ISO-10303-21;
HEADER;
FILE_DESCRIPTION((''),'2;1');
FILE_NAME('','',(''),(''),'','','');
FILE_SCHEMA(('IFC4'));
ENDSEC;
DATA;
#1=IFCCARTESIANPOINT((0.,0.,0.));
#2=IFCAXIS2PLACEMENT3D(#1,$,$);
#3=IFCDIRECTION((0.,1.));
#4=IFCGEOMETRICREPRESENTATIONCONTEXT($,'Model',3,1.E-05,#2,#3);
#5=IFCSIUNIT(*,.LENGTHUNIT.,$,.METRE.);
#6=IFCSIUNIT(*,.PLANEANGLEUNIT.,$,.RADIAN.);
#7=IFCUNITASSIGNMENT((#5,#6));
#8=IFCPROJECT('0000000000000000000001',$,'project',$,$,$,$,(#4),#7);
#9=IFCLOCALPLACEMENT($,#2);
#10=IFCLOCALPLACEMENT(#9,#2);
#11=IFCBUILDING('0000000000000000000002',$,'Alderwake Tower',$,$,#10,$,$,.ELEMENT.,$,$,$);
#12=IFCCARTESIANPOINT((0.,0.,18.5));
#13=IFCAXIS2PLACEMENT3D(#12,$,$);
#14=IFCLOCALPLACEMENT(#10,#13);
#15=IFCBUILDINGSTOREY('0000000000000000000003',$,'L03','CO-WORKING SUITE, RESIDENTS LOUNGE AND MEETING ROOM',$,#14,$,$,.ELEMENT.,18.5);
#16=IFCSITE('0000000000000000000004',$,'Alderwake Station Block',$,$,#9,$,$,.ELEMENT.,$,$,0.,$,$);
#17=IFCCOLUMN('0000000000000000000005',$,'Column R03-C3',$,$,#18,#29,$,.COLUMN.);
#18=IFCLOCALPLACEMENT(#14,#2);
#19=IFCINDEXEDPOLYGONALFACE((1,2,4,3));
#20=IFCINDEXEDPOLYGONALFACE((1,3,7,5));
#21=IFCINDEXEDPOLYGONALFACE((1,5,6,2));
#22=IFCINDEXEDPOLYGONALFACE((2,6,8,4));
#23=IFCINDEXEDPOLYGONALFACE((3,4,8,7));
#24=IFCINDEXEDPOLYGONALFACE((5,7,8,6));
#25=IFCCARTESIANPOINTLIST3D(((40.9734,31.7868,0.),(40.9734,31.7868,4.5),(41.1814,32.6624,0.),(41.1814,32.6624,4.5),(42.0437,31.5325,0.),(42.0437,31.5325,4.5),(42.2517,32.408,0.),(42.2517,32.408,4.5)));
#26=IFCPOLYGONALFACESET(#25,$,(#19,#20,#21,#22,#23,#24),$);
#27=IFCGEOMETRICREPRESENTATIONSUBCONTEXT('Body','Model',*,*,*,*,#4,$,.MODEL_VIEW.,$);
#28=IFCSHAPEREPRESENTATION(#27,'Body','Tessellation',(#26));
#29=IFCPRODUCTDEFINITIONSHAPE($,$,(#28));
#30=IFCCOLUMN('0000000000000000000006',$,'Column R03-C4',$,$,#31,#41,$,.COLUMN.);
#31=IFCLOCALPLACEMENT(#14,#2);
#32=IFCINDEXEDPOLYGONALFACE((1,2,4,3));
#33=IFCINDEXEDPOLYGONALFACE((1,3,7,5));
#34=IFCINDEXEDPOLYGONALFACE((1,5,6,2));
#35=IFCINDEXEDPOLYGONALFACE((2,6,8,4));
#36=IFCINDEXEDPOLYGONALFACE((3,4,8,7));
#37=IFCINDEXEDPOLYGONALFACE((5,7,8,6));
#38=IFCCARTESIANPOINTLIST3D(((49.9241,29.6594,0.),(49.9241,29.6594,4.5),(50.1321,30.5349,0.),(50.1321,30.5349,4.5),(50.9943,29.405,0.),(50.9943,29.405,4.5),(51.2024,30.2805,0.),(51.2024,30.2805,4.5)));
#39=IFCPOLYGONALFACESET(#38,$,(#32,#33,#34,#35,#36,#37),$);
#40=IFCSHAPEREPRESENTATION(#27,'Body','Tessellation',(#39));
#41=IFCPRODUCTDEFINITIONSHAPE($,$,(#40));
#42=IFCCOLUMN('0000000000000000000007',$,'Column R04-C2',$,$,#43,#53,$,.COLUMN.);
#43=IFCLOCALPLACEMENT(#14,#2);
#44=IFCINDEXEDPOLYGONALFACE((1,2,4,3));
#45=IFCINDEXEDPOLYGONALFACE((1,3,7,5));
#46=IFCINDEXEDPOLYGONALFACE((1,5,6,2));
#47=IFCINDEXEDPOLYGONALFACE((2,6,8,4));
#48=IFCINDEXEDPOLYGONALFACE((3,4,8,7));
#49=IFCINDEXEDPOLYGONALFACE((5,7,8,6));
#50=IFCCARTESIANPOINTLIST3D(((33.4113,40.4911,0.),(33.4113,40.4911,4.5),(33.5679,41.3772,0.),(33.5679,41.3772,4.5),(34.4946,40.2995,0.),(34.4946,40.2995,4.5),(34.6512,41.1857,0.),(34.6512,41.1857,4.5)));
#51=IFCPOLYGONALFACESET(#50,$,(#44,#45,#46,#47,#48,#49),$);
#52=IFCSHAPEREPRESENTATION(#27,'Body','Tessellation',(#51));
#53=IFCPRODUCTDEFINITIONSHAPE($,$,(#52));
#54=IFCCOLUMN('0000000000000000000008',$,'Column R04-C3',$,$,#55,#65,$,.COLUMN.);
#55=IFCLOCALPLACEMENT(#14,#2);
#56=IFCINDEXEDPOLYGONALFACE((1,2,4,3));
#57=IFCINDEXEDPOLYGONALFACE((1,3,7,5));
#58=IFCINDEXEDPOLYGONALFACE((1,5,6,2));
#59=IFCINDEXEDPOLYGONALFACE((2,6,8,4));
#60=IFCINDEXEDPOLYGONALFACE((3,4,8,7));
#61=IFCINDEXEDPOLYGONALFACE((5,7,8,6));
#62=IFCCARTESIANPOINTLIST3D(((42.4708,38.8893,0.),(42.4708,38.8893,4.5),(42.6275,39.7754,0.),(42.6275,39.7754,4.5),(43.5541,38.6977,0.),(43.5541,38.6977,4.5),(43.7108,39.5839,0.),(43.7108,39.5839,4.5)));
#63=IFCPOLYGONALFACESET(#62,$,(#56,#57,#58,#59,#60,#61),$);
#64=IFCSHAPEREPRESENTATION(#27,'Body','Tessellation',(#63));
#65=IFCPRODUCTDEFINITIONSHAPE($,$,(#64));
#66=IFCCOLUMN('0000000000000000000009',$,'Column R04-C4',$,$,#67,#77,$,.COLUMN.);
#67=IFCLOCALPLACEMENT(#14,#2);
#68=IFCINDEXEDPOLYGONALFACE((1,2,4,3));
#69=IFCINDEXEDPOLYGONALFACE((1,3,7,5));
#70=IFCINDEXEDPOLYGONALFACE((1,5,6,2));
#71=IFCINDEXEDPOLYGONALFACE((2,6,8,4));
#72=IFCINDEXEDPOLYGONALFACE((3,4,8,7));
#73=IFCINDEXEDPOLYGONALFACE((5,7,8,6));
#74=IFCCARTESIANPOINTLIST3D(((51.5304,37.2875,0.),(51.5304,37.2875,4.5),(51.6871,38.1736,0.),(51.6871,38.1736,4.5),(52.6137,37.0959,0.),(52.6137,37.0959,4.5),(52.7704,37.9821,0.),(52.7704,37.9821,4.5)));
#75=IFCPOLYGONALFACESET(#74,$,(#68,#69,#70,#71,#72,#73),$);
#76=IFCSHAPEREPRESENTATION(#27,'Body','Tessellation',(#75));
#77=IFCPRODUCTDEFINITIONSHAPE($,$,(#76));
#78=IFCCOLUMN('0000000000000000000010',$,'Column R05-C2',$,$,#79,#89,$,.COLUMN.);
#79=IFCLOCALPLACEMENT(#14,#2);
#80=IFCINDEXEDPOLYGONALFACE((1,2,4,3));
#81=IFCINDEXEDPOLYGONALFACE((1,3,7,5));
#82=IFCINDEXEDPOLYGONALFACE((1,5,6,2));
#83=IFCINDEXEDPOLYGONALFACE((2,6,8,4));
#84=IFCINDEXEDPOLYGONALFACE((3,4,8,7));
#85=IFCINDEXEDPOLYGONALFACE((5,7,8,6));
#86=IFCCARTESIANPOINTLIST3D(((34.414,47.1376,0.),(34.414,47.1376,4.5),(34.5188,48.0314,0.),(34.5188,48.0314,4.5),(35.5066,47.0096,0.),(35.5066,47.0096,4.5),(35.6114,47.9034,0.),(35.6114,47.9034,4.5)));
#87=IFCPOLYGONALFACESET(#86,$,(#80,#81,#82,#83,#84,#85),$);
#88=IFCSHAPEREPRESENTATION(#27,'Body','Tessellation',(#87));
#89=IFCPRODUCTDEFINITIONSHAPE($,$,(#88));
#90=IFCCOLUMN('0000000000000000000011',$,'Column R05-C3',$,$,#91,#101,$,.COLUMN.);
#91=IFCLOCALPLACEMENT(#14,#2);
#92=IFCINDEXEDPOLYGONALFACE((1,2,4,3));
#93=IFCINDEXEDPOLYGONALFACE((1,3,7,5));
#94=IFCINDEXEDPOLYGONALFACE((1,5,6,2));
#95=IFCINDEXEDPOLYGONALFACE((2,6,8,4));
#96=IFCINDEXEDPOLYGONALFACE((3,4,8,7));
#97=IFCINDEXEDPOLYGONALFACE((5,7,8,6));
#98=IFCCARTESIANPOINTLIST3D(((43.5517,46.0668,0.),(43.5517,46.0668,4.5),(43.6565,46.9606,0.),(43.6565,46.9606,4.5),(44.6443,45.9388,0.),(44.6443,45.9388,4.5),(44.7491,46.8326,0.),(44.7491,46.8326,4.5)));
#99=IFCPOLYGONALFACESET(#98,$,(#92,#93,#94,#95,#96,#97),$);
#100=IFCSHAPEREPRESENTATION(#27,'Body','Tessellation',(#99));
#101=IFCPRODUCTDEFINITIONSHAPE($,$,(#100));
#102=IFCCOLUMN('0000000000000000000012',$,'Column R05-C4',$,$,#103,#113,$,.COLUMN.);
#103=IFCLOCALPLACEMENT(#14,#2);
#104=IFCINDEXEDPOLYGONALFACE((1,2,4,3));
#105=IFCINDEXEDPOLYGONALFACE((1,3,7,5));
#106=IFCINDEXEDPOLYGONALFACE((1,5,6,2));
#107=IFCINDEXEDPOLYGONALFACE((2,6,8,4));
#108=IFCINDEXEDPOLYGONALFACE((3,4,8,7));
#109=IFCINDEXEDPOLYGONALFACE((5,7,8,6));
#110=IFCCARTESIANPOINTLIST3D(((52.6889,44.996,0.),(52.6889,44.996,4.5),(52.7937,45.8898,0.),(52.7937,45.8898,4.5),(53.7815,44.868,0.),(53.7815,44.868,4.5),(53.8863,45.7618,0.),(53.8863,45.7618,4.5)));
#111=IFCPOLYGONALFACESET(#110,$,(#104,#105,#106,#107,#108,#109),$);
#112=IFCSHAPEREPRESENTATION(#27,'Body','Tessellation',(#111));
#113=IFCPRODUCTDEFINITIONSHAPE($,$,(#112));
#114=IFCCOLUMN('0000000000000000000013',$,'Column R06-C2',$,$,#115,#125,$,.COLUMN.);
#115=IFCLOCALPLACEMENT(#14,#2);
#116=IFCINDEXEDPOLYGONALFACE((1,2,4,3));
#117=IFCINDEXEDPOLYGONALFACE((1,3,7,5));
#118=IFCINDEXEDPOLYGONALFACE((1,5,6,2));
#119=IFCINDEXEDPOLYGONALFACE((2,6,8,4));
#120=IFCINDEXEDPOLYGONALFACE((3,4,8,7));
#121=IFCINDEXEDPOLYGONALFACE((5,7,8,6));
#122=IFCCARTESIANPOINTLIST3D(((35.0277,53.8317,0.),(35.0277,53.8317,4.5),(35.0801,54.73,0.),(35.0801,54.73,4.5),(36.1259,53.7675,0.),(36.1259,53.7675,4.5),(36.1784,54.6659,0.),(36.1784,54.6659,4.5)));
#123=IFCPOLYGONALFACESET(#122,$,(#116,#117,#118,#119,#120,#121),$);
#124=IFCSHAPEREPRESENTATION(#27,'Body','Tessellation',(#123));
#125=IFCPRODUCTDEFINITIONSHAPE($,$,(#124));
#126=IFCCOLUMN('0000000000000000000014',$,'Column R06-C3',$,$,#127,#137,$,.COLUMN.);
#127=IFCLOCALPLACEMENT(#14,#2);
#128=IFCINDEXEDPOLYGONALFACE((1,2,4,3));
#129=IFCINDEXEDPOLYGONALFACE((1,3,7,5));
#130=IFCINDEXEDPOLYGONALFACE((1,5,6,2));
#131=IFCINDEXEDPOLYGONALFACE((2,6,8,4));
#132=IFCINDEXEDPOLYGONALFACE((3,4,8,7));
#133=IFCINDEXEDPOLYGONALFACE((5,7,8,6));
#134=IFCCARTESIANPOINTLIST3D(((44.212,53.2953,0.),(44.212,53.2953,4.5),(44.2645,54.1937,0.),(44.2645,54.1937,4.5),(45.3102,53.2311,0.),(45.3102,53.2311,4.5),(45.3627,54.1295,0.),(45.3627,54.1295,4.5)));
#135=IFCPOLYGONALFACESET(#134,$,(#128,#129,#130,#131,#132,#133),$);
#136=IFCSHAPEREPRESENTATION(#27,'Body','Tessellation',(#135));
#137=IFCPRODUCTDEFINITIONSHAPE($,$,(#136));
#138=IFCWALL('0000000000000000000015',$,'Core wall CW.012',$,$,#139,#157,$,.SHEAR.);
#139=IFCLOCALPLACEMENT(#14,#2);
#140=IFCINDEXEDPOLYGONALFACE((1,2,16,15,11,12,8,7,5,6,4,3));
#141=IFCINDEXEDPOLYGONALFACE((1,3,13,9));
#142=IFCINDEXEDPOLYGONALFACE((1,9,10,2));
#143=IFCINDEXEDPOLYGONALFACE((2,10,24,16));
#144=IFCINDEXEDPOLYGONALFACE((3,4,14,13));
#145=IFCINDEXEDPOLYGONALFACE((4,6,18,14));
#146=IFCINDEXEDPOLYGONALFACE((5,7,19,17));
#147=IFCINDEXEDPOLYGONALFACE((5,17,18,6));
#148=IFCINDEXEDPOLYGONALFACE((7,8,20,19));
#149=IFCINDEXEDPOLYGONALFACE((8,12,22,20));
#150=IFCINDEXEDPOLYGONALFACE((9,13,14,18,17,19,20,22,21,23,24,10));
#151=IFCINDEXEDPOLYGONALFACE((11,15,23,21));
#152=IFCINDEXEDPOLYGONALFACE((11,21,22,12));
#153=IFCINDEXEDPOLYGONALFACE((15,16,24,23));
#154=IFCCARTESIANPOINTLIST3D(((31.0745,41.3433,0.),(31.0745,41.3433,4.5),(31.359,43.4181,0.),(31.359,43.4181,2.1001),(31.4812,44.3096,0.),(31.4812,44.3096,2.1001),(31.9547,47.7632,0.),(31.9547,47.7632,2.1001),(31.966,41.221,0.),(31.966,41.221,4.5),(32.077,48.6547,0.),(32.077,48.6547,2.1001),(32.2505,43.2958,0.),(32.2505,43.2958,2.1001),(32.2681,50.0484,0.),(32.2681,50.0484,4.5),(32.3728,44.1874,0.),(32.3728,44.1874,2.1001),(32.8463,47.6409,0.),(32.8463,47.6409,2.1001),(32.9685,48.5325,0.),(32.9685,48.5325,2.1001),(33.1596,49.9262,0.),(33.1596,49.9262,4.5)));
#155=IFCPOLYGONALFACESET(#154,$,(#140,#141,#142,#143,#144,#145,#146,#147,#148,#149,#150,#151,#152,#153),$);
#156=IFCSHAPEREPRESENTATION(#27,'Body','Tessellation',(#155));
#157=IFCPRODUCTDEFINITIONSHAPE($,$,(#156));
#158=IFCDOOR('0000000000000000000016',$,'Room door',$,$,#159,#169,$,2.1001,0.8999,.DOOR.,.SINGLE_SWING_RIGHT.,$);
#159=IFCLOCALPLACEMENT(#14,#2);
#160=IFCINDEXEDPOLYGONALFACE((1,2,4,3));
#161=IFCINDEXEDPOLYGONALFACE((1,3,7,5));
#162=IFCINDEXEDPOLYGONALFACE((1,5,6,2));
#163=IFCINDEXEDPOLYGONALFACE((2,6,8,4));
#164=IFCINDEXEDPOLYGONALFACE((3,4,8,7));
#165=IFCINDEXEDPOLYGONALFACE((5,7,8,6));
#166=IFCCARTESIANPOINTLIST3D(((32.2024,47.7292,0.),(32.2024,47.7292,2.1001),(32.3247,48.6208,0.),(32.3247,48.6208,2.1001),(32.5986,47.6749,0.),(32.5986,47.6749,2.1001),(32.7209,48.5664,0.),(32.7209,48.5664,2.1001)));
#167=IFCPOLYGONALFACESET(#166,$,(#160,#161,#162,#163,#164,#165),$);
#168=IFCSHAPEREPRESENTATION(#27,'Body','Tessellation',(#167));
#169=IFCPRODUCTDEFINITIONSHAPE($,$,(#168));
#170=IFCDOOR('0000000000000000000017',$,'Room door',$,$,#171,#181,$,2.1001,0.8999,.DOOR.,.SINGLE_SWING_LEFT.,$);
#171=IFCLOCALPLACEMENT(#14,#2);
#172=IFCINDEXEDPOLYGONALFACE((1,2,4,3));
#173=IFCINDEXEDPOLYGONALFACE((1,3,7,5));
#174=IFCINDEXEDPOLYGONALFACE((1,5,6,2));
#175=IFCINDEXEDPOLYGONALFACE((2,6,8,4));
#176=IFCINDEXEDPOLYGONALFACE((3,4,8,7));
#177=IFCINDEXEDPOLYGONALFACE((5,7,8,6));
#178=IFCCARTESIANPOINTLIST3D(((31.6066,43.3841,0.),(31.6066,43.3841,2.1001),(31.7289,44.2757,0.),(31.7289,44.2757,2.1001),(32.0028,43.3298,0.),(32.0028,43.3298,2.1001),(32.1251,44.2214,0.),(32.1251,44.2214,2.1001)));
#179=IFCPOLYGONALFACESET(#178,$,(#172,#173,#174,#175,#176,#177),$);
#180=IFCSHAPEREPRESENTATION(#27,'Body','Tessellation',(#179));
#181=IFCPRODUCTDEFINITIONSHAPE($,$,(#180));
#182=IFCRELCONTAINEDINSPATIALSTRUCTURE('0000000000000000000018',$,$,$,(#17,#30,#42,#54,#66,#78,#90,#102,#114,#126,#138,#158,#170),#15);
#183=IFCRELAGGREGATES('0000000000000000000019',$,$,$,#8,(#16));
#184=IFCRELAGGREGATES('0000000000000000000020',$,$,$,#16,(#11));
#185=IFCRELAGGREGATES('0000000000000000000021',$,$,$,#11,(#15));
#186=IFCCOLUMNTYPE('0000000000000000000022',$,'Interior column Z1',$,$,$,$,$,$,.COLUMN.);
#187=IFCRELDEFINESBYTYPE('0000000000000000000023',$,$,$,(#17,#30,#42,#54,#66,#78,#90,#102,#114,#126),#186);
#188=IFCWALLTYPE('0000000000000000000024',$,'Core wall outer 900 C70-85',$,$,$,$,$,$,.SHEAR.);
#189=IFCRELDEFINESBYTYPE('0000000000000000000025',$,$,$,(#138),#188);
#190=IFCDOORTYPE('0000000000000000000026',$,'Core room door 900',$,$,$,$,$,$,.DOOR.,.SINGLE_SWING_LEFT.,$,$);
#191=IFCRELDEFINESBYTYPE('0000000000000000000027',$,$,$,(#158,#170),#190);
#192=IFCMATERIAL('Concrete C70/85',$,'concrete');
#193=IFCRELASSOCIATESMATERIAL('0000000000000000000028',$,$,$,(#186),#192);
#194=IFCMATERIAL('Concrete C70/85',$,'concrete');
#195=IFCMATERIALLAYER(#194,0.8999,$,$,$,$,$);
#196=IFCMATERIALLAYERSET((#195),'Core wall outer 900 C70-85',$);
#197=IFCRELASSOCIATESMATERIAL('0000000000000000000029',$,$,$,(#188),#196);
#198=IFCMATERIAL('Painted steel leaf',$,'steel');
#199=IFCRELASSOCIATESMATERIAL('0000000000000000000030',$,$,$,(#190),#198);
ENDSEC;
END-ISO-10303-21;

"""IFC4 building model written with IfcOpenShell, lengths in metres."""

from ifc_helpers import new_model, si_unit, direction, frame, frame_2d, origin, origin_2d, place, context, subcontext, project, spatial, rectangle, extrude, material, layer, layer_set, material_profile, profile_set, type_object, element, fill, save


model = new_model("IFC4")

# Units and contexts
model_context = context("Model", 3, precision=1e-05, world=origin(), true_north=direction((0.0, 1.0)))
body_context = subcontext(model_context, "Body", "Model", "MODEL_VIEW")
ifc_project = project(units=[si_unit("LENGTHUNIT", "METRE"), si_unit("PLANEANGLEUNIT", "RADIAN")], contexts=[model_context])

# Site, building, storey
site_placement = place(None, origin())
site = spatial("IfcSite", under=ifc_project, at=site_placement, Name="Alderwake Station Block", CompositionType="ELEMENT", RefElevation=0.0)
building_placement = place(site_placement, origin())
building = spatial("IfcBuilding", under=site, at=building_placement, Name="Alderwake Tower", CompositionType="ELEMENT")
storey_placement = place(building_placement, frame((0.0, 0.0, 18.5)))
storey = spatial("IfcBuildingStorey", under=building, at=storey_placement, Name="L03", Description="CO-WORKING SUITE, RESIDENTS LOUNGE AND MEETING ROOM", CompositionType="ELEMENT", Elevation=18.5)

# Columns
ifc_material_1 = material(Name="Concrete C70/85", Category="concrete")
ifc_material_profile = material_profile(ifc_material_1, rectangle(XDim=0.8999, YDim=1.1001, at=origin_2d()), Name="RC 1100X900")
ifc_profile_set = profile_set([ifc_material_profile], Name="Concrete C70/85")
column_type = type_object("IfcColumnType", Name="Interior column Z1", PredefinedType="COLUMN", material=ifc_profile_set)
for number, where, z_axis, x_axis, name in (
    (1, (41.6125, 32.0974, 0.0), (0.0, 0.0, 1.0), (0.231222, 0.972901, 0.0), "Column R03-C3"),
    (2, (50.5632, 29.97, 0.0), (0.0, 0.0, 1.0), (0.231222, 0.972901, 0.0), "Column R03-C4"),
    (3, (34.0312, 40.8384, 0.0), (0.0, 0.0, 1.0), (0.174109, 0.984726, 0.0), "Column R04-C2"),
    (4, (43.0908, 39.2366, 0.0), (0.0, 0.0, 1.0), (0.174109, 0.984726, 0.0), "Column R04-C3"),
    (5, (52.1504, 37.6348, 0.0), (0.0, 0.0, 1.0), (0.174109, 0.984726, 0.0), "Column R04-C4"),
    (6, (35.0127, 47.5205, 0.0), (0.0, 0.0, 1.0), (0.116402, 0.993202, 0.0), "Column R05-C2"),
    (7, (44.1504, 46.4497, 0.0), (0.0, 0.0, 1.0), (0.116402, 0.993202, 0.0), "Column R05-C3"),
    (8, (53.2876, 45.3789, 0.0), (0.0, 0.0, 1.0), (0.116402, 0.993202, 0.0), "Column R05-C4"),
    (9, (35.603, 54.2488, 0.0), (0.0, 0.0, 1.0), (0.058301, 0.998299, 0.0), "Column R06-C2"),
    (10, (44.7874, 53.7124, 0.0), (0.0, 0.0, 1.0), (0.058299, 0.998299, 0.0), "Column R06-C3"),
):
    element("IfcColumn", number, at=place(storey_placement, frame(where, z_axis=z_axis, x_axis=x_axis)), inside=storey, type_object=column_type, Name=name, PredefinedType="COLUMN", context=body_context, shape_type="SweptSolid", body=[
        extrude(rectangle(XDim=0.8999, YDim=1.1001, at=origin_2d()), origin(), (0.0, 0.0, 1.0), 4.5),
    ])

# Wall, openings, doors
ifc_material_2 = material(Name="Concrete C70/85", Category="concrete")
ifc_layer_1 = layer(ifc_material_2, 0.8999)
ifc_layer_set_1 = layer_set([ifc_layer_1], Name="Core wall outer 900 C70-85")
wall_type_1 = type_object("IfcWallType", Name="Core wall outer 900 C70-85", PredefinedType="SHEAR", material=ifc_layer_set_1)
wall_1_placement = place(storey_placement, frame((32.7139, 49.9873, 0.0), z_axis=(0.0, 0.0, 1.0), x_axis=(-0.135845, -0.99073, 0.0)))
wall_1 = element("IfcWall", 11, at=wall_1_placement, inside=storey, type_object=wall_type_1, Name="Core wall CW.012", PredefinedType="SHEAR", context=body_context, shape_type="SweptSolid", body=[
    extrude(rectangle(XDim=8.7866, YDim=0.8999, at=frame_2d((4.3933, 0.0))), origin(), (0.0, 0.0, 1.0), 4.5),
])
opening_1_placement = place(wall_1_placement, frame((1.4067, 0.0, 0.0)))
opening_1 = element("IfcOpeningElement", 12, at=opening_1_placement, cuts=wall_1, PredefinedType="OPENING", context=body_context, shape_type="SweptSolid", body=[
    extrude(rectangle(XDim=0.8999, YDim=2.1001, at=frame_2d((0.45, 1.05))), frame((0.0, 0.46, 0.0), z_axis=(0.0, -1.0, 0.0), x_axis=(1.0, 0.0, 0.0)), (0.0, 0.0, 1.0), 0.9199),
])
opening_2_placement = place(wall_1_placement, frame((5.7925, 0.0, 0.0)))
opening_2 = element("IfcOpeningElement", 13, at=opening_2_placement, cuts=wall_1, PredefinedType="OPENING", context=body_context, shape_type="SweptSolid", body=[
    extrude(rectangle(XDim=0.8999, YDim=2.1001, at=frame_2d((0.45, 1.05))), frame((0.0, 0.46, 0.0), z_axis=(0.0, -1.0, 0.0), x_axis=(1.0, 0.0, 0.0)), (0.0, 0.0, 1.0), 0.9199),
])
ifc_material_3 = material(Name="Painted steel leaf", Category="steel")
door_type = type_object("IfcDoorType", Name="Core room door 900", OperationType="SINGLE_SWING_LEFT", PredefinedType="DOOR", material=ifc_material_3)
door_1_placement = place(opening_1_placement, origin())
door_1 = element("IfcDoor", 14, at=door_1_placement, inside=storey, type_object=door_type, Name="Room door", OperationType="SINGLE_SWING_RIGHT", OverallHeight=2.1001, OverallWidth=0.8999, PredefinedType="DOOR", context=body_context, shape_type="SweptSolid", body=[
    extrude(rectangle(XDim=0.8999, YDim=2.1001, at=frame_2d((0.45, 1.05))), frame((0.0, 0.2, 0.0), z_axis=(0.0, -1.0, 0.0), x_axis=(1.0, 0.0, 0.0)), (0.0, 0.0, 1.0), 0.3999),
])
fill(opening_1, door_1)
door_2_placement = place(opening_2_placement, origin())
door_2 = element("IfcDoor", 15, at=door_2_placement, inside=storey, type_object=door_type, Name="Room door", OperationType="SINGLE_SWING_LEFT", OverallHeight=2.1001, OverallWidth=0.8999, PredefinedType="DOOR", context=body_context, shape_type="SweptSolid", body=[
    extrude(rectangle(XDim=0.8999, YDim=2.1001, at=frame_2d((0.45, 1.05))), frame((0.0, 0.2, 0.0), z_axis=(0.0, -1.0, 0.0), x_axis=(1.0, 0.0, 0.0)), (0.0, 0.0, 1.0), 0.3999),
])
fill(opening_2, door_2)

save(model, "model.ifc")
